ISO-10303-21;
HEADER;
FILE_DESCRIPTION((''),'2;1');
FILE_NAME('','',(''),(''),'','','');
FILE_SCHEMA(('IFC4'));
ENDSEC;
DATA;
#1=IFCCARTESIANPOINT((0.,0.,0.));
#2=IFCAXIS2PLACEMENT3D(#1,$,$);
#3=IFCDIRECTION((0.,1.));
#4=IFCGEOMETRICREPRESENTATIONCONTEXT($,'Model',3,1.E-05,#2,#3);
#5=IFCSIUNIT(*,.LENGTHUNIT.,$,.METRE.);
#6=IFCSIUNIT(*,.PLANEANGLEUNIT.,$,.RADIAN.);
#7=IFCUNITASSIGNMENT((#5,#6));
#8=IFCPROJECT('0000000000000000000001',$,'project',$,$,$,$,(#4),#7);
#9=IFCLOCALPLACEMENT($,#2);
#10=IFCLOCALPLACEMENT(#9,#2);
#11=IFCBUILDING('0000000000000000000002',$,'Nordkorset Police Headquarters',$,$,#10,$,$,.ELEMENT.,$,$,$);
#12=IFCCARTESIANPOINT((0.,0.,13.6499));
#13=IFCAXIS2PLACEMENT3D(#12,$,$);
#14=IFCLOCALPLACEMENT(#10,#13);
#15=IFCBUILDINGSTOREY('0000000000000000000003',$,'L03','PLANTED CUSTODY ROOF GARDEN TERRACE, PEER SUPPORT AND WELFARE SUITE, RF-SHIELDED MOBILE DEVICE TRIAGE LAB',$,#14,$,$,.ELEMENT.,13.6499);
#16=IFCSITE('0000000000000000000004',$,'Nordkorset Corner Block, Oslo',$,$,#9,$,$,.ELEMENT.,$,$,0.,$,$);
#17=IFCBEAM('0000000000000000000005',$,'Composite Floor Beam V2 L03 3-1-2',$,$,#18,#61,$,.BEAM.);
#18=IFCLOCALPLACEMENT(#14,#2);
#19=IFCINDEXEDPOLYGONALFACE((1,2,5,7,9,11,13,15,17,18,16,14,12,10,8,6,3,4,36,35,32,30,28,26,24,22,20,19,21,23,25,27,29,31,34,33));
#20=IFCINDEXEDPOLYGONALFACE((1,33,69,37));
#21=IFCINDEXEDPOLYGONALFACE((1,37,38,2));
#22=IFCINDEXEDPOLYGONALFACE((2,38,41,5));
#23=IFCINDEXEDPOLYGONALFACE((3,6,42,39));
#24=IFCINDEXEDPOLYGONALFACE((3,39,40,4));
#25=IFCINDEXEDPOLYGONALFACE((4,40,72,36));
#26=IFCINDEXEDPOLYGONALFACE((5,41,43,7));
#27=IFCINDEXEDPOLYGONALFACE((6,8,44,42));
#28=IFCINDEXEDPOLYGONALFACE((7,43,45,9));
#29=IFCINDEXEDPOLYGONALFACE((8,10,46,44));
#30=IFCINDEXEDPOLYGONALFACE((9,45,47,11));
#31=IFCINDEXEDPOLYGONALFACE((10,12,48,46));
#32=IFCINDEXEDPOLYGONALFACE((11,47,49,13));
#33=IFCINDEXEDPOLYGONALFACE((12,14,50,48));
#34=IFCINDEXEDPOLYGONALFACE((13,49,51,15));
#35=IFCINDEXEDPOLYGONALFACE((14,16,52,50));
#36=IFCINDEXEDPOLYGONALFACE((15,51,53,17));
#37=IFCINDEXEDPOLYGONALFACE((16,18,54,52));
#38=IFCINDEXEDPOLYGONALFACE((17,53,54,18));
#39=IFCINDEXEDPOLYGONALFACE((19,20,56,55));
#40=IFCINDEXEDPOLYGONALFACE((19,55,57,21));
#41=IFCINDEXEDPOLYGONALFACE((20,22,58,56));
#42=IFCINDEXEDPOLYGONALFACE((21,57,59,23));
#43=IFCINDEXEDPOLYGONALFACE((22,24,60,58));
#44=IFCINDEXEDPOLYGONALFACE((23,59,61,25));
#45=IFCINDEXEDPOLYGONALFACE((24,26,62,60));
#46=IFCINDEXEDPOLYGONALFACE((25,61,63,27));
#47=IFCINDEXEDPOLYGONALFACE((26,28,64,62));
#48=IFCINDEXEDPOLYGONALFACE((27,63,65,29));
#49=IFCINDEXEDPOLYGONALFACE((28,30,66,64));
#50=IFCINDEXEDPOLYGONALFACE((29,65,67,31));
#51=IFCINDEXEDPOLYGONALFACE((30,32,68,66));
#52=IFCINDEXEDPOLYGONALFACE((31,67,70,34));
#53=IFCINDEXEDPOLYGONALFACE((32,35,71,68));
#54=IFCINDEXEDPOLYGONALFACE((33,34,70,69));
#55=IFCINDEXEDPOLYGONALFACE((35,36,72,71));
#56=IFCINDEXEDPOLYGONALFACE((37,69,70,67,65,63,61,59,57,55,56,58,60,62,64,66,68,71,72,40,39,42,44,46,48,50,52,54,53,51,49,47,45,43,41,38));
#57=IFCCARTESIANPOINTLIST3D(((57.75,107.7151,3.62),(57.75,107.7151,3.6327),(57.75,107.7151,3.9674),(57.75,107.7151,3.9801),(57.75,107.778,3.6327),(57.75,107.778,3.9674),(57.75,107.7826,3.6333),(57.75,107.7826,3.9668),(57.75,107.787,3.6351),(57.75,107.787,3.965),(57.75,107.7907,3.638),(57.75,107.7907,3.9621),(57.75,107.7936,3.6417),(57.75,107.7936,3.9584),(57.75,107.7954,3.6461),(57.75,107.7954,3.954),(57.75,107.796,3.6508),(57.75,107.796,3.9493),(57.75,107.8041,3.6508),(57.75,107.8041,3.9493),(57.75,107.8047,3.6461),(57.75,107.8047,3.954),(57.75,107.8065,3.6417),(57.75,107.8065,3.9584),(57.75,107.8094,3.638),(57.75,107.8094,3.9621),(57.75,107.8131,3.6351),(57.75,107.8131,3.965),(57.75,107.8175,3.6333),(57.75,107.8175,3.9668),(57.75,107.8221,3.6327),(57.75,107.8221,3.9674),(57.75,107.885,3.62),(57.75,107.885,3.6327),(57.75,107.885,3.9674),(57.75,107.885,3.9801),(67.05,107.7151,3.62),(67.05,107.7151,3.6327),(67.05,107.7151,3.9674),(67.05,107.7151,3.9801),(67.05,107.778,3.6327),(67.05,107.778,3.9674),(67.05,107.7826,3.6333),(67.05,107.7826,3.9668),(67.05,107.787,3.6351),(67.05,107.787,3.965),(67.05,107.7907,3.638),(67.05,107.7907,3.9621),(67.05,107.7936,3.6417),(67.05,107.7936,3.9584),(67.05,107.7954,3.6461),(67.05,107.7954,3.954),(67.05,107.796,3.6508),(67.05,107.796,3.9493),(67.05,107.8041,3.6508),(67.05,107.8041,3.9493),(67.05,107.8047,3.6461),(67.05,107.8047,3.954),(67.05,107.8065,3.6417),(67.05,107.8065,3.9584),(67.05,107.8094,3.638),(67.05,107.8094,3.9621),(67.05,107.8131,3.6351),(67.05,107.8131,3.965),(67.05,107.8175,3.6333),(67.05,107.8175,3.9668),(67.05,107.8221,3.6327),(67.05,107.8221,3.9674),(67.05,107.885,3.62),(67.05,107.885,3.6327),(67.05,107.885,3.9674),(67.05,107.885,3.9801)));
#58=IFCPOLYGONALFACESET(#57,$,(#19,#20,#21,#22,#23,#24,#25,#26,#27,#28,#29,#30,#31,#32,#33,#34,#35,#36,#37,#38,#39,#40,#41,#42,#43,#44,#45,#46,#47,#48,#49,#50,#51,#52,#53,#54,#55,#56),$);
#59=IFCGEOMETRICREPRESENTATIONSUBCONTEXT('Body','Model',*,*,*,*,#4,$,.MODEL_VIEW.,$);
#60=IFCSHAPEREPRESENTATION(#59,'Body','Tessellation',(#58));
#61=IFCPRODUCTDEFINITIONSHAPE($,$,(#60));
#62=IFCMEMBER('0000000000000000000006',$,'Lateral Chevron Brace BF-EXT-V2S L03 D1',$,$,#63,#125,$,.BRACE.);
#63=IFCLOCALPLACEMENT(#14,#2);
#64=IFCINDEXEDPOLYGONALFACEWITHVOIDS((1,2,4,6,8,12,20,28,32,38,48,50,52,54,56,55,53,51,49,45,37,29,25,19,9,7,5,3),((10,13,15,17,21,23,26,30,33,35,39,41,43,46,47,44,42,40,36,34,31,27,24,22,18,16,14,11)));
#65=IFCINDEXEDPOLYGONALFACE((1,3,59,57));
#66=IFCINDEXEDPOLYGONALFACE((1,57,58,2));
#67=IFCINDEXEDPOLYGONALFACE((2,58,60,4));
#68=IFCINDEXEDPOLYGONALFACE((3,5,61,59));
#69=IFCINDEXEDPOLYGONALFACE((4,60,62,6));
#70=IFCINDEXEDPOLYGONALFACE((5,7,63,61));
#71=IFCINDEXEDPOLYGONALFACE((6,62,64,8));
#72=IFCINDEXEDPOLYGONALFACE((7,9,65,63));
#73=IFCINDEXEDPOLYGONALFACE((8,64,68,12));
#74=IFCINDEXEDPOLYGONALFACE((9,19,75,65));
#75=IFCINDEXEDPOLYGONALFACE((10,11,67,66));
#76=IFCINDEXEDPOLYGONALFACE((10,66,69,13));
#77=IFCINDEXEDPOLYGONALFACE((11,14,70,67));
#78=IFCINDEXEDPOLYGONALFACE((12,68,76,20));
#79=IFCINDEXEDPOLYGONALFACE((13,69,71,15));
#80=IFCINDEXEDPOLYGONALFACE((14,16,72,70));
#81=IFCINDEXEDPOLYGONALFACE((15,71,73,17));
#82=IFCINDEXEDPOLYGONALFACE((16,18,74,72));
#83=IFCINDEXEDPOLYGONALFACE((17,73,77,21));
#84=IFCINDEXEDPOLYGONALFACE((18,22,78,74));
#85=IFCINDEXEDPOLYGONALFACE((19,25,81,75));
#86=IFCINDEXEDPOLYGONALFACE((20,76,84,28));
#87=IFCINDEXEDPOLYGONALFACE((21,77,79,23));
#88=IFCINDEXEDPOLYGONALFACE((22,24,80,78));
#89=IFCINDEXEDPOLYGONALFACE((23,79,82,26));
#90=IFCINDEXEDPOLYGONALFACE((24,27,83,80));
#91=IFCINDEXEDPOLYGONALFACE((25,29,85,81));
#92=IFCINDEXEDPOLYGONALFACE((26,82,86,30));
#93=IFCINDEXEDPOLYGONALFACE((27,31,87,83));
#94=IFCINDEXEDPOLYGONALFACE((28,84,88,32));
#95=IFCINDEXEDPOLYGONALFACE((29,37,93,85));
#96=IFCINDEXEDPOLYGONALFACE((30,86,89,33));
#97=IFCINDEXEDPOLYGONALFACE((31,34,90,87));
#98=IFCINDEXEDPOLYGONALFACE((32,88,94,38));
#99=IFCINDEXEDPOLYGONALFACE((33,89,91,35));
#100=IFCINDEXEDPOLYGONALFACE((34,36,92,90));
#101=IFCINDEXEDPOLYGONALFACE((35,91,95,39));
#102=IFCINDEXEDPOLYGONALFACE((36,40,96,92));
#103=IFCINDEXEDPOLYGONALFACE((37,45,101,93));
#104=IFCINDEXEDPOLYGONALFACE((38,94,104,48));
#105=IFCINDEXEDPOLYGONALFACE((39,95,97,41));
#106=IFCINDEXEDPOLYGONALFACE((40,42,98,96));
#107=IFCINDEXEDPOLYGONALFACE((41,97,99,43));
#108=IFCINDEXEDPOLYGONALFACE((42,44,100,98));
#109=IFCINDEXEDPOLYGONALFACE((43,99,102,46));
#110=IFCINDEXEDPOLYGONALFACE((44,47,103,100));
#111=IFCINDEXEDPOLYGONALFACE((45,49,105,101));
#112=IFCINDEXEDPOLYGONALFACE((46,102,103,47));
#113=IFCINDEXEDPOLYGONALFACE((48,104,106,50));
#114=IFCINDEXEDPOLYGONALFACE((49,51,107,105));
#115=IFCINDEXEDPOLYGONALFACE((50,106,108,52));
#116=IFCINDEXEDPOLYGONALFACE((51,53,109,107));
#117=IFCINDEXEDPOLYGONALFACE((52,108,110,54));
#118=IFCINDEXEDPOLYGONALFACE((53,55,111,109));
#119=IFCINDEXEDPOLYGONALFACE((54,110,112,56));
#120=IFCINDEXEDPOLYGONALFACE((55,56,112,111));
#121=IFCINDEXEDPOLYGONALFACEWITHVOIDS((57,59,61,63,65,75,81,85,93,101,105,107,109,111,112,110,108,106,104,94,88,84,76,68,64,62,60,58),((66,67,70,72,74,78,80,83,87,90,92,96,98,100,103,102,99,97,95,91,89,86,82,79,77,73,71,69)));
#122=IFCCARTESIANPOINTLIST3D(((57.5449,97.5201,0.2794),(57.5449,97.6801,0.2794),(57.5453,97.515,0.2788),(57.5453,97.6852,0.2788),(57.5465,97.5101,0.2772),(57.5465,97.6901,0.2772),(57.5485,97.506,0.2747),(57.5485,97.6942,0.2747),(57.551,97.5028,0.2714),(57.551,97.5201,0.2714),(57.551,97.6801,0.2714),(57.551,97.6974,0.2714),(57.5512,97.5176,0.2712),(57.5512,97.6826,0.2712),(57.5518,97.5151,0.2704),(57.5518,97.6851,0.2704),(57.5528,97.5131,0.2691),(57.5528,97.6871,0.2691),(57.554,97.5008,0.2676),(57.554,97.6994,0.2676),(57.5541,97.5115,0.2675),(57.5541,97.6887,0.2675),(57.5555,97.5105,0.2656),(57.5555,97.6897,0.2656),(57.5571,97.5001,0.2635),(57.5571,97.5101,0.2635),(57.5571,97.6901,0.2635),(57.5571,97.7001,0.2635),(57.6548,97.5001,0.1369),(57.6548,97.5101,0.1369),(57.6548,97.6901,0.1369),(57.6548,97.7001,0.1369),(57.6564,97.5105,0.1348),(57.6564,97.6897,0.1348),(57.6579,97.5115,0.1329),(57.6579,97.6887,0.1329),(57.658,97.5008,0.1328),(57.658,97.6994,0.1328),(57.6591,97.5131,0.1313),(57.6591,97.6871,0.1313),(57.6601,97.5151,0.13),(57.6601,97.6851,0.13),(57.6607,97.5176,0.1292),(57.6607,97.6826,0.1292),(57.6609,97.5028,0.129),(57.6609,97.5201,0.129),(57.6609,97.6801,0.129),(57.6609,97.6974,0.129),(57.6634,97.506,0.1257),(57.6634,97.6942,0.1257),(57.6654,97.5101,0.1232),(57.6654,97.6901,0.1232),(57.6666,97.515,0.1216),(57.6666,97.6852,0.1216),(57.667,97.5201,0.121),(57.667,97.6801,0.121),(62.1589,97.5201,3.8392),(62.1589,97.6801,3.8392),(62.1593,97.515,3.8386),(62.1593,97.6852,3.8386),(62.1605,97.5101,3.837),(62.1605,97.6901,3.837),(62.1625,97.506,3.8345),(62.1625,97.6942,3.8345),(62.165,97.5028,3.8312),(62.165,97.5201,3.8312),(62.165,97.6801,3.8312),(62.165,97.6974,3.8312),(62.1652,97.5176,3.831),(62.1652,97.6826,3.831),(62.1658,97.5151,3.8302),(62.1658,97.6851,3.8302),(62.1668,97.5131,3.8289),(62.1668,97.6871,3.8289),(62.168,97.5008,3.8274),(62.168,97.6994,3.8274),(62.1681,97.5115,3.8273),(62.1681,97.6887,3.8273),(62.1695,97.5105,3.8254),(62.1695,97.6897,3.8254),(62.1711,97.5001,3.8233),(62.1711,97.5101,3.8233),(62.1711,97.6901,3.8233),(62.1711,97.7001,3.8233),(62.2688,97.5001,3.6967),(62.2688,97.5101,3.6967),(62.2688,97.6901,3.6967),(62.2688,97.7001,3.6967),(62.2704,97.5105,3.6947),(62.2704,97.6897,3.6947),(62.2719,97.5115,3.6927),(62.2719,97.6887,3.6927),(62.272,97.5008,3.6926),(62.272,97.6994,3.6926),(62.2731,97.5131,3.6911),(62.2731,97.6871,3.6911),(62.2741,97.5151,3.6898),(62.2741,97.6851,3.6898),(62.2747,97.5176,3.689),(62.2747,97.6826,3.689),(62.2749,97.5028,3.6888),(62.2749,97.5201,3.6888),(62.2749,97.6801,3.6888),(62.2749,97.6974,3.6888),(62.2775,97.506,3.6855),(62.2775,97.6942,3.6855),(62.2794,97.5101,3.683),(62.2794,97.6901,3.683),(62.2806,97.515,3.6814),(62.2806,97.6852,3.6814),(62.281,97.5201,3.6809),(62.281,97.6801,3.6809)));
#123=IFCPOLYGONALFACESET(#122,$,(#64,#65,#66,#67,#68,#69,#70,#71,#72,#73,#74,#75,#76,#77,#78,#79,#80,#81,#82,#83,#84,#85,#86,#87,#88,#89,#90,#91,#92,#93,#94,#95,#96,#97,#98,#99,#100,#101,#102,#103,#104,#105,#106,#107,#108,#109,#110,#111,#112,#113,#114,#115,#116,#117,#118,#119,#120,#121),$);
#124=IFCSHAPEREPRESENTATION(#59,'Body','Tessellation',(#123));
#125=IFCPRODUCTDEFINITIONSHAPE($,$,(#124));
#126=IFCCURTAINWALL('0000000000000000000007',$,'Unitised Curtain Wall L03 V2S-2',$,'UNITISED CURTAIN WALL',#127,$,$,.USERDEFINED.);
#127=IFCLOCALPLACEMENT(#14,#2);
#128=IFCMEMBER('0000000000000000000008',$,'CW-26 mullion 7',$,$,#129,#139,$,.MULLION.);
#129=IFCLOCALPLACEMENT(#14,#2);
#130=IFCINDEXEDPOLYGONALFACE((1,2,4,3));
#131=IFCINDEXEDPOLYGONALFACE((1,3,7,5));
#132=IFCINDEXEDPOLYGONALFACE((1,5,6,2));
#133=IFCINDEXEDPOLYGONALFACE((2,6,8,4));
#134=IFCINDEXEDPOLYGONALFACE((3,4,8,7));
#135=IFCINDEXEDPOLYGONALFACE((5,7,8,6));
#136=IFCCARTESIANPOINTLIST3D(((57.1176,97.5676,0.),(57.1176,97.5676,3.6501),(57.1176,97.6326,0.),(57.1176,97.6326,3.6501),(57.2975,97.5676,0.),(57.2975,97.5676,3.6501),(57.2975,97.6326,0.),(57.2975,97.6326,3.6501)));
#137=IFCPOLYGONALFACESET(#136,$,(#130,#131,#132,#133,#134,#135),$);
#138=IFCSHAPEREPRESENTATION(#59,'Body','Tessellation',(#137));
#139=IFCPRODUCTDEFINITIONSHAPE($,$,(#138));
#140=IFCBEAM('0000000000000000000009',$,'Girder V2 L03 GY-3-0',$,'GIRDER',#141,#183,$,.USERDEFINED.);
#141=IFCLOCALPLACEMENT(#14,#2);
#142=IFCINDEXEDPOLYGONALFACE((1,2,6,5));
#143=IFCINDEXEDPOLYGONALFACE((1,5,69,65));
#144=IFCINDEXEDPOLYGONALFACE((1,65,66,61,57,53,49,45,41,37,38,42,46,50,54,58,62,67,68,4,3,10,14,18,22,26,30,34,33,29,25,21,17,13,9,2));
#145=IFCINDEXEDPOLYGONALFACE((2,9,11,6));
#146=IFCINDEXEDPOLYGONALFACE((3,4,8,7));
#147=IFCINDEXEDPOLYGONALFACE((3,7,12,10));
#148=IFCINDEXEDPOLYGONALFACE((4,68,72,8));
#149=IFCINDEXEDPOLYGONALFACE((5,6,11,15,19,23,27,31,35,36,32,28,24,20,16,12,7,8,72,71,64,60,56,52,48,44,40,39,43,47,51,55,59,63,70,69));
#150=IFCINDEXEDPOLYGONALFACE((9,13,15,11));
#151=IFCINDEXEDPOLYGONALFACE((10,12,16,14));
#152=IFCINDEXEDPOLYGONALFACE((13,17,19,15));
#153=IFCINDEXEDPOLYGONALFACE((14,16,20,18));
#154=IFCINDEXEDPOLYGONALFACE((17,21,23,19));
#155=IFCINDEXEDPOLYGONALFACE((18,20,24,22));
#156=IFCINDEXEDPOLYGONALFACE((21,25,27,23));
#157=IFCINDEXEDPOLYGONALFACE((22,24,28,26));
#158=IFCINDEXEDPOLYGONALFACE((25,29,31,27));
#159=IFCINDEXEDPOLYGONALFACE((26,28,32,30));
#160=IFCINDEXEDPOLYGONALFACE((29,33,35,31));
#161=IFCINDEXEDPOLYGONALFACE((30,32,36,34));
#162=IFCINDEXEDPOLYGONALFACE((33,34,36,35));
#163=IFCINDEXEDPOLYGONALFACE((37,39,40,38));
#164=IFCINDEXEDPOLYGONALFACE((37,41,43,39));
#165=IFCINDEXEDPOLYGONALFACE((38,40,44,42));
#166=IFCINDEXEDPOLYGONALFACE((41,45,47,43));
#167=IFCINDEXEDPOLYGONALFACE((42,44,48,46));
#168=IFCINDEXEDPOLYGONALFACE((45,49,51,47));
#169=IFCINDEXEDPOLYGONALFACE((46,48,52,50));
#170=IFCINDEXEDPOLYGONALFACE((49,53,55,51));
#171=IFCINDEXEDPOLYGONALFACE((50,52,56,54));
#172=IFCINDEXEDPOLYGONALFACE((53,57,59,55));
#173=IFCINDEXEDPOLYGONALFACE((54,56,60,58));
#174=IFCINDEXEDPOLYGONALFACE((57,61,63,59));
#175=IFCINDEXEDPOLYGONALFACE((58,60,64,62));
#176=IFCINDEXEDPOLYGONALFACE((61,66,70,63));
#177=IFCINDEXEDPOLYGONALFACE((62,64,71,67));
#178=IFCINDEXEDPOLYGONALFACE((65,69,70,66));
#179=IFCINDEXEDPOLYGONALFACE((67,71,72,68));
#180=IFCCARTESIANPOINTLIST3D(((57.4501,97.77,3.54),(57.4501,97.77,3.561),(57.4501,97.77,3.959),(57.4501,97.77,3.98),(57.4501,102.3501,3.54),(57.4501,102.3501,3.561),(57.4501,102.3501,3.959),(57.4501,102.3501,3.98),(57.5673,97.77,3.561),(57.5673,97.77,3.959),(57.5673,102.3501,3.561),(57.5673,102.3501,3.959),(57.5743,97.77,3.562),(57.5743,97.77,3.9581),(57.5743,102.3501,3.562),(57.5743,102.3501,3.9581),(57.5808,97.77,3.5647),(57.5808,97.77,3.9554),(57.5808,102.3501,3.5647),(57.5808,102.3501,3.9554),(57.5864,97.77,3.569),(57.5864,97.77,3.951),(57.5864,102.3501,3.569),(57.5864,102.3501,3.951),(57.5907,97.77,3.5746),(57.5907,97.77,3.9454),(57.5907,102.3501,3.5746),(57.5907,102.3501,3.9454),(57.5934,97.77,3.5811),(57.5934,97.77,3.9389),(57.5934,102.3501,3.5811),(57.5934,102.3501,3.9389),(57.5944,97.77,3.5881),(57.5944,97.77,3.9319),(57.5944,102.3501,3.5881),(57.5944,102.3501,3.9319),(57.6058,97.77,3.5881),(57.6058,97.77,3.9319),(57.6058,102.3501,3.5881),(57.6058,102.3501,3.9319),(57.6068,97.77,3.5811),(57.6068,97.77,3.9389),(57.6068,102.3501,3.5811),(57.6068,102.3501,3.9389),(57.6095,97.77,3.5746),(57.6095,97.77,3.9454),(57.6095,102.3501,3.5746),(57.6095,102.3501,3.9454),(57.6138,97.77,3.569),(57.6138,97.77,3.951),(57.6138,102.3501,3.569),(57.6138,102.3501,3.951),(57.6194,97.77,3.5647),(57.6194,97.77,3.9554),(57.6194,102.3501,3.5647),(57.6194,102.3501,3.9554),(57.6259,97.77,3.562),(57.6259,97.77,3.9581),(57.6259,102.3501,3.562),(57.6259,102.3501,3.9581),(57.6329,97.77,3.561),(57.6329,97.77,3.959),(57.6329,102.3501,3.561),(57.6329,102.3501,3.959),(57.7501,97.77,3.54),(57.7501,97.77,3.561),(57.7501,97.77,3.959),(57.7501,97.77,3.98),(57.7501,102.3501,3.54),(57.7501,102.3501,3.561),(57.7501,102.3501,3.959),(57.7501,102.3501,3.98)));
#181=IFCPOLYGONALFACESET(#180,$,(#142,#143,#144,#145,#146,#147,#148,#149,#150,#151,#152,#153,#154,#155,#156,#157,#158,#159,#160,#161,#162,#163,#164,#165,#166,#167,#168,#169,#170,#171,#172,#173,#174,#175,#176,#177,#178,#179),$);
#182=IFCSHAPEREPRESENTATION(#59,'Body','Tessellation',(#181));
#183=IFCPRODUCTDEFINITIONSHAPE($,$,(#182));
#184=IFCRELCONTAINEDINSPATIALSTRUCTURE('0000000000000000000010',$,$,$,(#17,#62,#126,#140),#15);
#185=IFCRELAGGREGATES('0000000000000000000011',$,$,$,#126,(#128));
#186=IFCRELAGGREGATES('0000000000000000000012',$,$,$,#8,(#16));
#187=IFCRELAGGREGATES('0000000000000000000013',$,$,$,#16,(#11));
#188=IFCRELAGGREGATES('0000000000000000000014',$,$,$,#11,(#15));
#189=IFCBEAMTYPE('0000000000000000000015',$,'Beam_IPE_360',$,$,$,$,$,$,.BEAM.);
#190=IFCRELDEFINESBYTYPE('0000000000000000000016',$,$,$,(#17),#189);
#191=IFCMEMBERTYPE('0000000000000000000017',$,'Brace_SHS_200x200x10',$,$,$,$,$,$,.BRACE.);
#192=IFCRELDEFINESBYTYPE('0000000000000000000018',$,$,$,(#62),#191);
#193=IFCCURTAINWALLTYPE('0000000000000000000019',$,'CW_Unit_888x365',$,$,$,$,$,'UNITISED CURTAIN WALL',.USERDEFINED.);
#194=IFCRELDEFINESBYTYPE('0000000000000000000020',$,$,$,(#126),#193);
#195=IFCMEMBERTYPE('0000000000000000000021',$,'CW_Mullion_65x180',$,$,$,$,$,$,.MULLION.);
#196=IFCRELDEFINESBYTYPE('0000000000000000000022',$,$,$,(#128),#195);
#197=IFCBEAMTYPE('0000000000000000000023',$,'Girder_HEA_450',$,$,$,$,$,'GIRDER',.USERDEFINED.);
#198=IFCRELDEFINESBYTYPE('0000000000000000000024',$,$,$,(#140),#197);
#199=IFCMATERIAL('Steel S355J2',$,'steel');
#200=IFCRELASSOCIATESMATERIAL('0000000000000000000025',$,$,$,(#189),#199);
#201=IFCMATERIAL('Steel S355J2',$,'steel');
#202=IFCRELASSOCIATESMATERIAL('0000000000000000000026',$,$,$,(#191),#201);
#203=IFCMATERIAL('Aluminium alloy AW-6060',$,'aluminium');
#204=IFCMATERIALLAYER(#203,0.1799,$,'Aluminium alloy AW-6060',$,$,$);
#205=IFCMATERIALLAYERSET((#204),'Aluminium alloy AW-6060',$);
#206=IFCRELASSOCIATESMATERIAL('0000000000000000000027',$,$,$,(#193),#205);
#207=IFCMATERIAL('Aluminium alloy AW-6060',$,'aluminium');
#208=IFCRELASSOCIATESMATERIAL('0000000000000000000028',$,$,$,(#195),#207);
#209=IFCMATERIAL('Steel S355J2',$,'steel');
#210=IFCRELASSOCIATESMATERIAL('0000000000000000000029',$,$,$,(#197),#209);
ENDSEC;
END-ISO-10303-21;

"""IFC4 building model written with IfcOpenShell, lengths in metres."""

from ifc_helpers import new_model, si_unit, direction, frame, origin, origin_2d, place, context, subcontext, project, spatial, rectangle, hollow_rectangle, i_section, extrude, material, layer, layer_set, material_profile, profile_set, type_object, element, aggregate, save


model = new_model("IFC4")

# Units and contexts
model_context = context("Model", 3, precision=1e-05, world=origin(), true_north=direction((0.0, 1.0)))
body_context = subcontext(model_context, "Body", "Model", "MODEL_VIEW")
ifc_project = project(units=[si_unit("LENGTHUNIT", "METRE"), si_unit("PLANEANGLEUNIT", "RADIAN")], contexts=[model_context])

# Site, building, storey
site_placement = place(None, origin())
site = spatial("IfcSite", under=ifc_project, at=site_placement, Name="Nordkorset Corner Block, Oslo", CompositionType="ELEMENT", RefElevation=0.0)
building_placement = place(site_placement, origin())
building = spatial("IfcBuilding", under=site, at=building_placement, Name="Nordkorset Police Headquarters", CompositionType="ELEMENT")
storey_placement = place(building_placement, frame((0.0, 0.0, 13.6499)))
storey = spatial("IfcBuildingStorey", under=building, at=storey_placement, Name="L03", Description="PLANTED CUSTODY ROOF GARDEN TERRACE, PEER SUPPORT AND WELFARE SUITE, RF-SHIELDED MOBILE DEVICE TRIAGE LAB", CompositionType="ELEMENT", Elevation=13.6499)

# Beam
ifc_material_1 = material(Name="Steel S355J2", Category="steel")
ifc_material_profile_1 = material_profile(ifc_material_1, i_section(OverallWidth=0.1699, OverallDepth=0.3601, WebThickness=0.0081, FlangeThickness=0.0127, FilletRadius=0.0181, at=origin_2d()), Name="IPE 360")
ifc_profile_set_1 = profile_set([ifc_material_profile_1], Name="Steel S355J2")
beam_type_1 = type_object("IfcBeamType", Name="Beam_IPE_360", PredefinedType="BEAM", material=ifc_profile_set_1)
for number, where, z_axis, x_axis, name in (
    (1, (57.75, 107.8, 3.8), (1.0, 0.0, 0.0), (0.0, 1.0, 0.0), "Composite Floor Beam V2 L03 3-1-2"),
):
    element("IfcBeam", number, at=place(storey_placement, frame(where, z_axis=z_axis, x_axis=x_axis)), inside=storey, type_object=beam_type_1, Name=name, PredefinedType="BEAM", context=body_context, shape_type="SweptSolid", body=[
        extrude(i_section(OverallWidth=0.1699, OverallDepth=0.3601, WebThickness=0.0081, FlangeThickness=0.0127, FilletRadius=0.0181, at=origin_2d()), origin(), (0.0, 0.0, 1.0), 9.3),
    ])

# Member
ifc_material_2 = material(Name="Steel S355J2", Category="steel")
ifc_material_profile_2 = material_profile(ifc_material_2, hollow_rectangle(XDim=0.2, YDim=0.2, WallThickness=0.01, InnerFilletRadius=0.01, OuterFilletRadius=0.02, at=origin_2d()), Name="SHS 200x200x10")
ifc_profile_set_2 = profile_set([ifc_material_profile_2], Name="Steel S355J2")
member_type_1 = type_object("IfcMemberType", Name="Brace_SHS_200x200x10", PredefinedType="BRACE", material=ifc_profile_set_2)
member_1_placement = place(storey_placement, frame((57.606, 97.6001, 0.2002), z_axis=(0.791746, 0.0, 0.61085), x_axis=(0.0, 1.0, 0.0)))
element("IfcMember", 2, at=member_1_placement, inside=storey, type_object=member_type_1, Name="Lateral Chevron Brace BF-EXT-V2S L03 D1", PredefinedType="BRACE", context=body_context, shape_type="SweptSolid", body=[
    extrude(hollow_rectangle(XDim=0.2, YDim=0.2, WallThickness=0.01, InnerFilletRadius=0.01, OuterFilletRadius=0.02, at=origin_2d()), origin(), (0.0, 0.0, 1.0), 5.8276),
])

# Curtain wall, member
ifc_material_3 = material(Name="Aluminium alloy AW-6060", Category="aluminium")
ifc_layer_1 = layer(ifc_material_3, 0.1799, Name="Aluminium alloy AW-6060")
ifc_layer_set_1 = layer_set([ifc_layer_1], Name="Aluminium alloy AW-6060")
curtain_wall_type = type_object("IfcCurtainWallType", Name="CW_Unit_888x365", ElementType="UNITISED CURTAIN WALL", PredefinedType="USERDEFINED", material=ifc_layer_set_1)
curtain_wall_placement = place(storey_placement, origin())
curtain_wall = element("IfcCurtainWall", 3, at=curtain_wall_placement, inside=storey, type_object=curtain_wall_type, Name="Unitised Curtain Wall L03 V2S-2", ObjectType="UNITISED CURTAIN WALL", PredefinedType="USERDEFINED")
ifc_material_4 = material(Name="Aluminium alloy AW-6060", Category="aluminium")
ifc_material_profile_3 = material_profile(ifc_material_4, rectangle(XDim=0.0649, YDim=0.1799, at=origin_2d()), Name="ALU MULL 65x180")
ifc_profile_set_3 = profile_set([ifc_material_profile_3], Name="Aluminium alloy AW-6060")
member_type_2 = type_object("IfcMemberType", Name="CW_Mullion_65x180", PredefinedType="MULLION", material=ifc_profile_set_3)
member_2_placement = place(storey_placement, frame((57.2075, 97.6001, 0.0), z_axis=(0.0, 0.0, 1.0), x_axis=(0.0, 1.0, 0.0)))
member_2 = element("IfcMember", 4, at=member_2_placement, type_object=member_type_2, Name="CW-26 mullion 7", PredefinedType="MULLION", context=body_context, shape_type="SweptSolid", body=[
    extrude(rectangle(XDim=0.0649, YDim=0.1799, at=origin_2d()), origin(), (0.0, 0.0, 1.0), 3.6501),
])

# Beam
ifc_material_5 = material(Name="Steel S355J2", Category="steel")
ifc_material_profile_4 = material_profile(ifc_material_5, i_section(OverallWidth=0.3, OverallDepth=0.4399, WebThickness=0.0115, FlangeThickness=0.021, FilletRadius=0.0271, at=origin_2d()), Name="HEA 450")
ifc_profile_set_4 = profile_set([ifc_material_profile_4], Name="Steel S355J2")
beam_type_2 = type_object("IfcBeamType", Name="Girder_HEA_450", ElementType="GIRDER", PredefinedType="USERDEFINED", material=ifc_profile_set_4)
beam_1_placement = place(storey_placement, frame((57.6001, 97.77, 3.76), z_axis=(0.0, 1.0, 0.0), x_axis=(-1.0, 0.0, 0.0)))
element("IfcBeam", 5, at=beam_1_placement, inside=storey, type_object=beam_type_2, Name="Girder V2 L03 GY-3-0", ObjectType="GIRDER", PredefinedType="USERDEFINED", context=body_context, shape_type="SweptSolid", body=[
    extrude(i_section(OverallWidth=0.3, OverallDepth=0.4399, WebThickness=0.0115, FlangeThickness=0.021, FilletRadius=0.0271, at=origin_2d()), origin(), (0.0, 0.0, 1.0), 4.5801),
])

aggregate(curtain_wall, [member_2])

save(model, "model.ifc")
